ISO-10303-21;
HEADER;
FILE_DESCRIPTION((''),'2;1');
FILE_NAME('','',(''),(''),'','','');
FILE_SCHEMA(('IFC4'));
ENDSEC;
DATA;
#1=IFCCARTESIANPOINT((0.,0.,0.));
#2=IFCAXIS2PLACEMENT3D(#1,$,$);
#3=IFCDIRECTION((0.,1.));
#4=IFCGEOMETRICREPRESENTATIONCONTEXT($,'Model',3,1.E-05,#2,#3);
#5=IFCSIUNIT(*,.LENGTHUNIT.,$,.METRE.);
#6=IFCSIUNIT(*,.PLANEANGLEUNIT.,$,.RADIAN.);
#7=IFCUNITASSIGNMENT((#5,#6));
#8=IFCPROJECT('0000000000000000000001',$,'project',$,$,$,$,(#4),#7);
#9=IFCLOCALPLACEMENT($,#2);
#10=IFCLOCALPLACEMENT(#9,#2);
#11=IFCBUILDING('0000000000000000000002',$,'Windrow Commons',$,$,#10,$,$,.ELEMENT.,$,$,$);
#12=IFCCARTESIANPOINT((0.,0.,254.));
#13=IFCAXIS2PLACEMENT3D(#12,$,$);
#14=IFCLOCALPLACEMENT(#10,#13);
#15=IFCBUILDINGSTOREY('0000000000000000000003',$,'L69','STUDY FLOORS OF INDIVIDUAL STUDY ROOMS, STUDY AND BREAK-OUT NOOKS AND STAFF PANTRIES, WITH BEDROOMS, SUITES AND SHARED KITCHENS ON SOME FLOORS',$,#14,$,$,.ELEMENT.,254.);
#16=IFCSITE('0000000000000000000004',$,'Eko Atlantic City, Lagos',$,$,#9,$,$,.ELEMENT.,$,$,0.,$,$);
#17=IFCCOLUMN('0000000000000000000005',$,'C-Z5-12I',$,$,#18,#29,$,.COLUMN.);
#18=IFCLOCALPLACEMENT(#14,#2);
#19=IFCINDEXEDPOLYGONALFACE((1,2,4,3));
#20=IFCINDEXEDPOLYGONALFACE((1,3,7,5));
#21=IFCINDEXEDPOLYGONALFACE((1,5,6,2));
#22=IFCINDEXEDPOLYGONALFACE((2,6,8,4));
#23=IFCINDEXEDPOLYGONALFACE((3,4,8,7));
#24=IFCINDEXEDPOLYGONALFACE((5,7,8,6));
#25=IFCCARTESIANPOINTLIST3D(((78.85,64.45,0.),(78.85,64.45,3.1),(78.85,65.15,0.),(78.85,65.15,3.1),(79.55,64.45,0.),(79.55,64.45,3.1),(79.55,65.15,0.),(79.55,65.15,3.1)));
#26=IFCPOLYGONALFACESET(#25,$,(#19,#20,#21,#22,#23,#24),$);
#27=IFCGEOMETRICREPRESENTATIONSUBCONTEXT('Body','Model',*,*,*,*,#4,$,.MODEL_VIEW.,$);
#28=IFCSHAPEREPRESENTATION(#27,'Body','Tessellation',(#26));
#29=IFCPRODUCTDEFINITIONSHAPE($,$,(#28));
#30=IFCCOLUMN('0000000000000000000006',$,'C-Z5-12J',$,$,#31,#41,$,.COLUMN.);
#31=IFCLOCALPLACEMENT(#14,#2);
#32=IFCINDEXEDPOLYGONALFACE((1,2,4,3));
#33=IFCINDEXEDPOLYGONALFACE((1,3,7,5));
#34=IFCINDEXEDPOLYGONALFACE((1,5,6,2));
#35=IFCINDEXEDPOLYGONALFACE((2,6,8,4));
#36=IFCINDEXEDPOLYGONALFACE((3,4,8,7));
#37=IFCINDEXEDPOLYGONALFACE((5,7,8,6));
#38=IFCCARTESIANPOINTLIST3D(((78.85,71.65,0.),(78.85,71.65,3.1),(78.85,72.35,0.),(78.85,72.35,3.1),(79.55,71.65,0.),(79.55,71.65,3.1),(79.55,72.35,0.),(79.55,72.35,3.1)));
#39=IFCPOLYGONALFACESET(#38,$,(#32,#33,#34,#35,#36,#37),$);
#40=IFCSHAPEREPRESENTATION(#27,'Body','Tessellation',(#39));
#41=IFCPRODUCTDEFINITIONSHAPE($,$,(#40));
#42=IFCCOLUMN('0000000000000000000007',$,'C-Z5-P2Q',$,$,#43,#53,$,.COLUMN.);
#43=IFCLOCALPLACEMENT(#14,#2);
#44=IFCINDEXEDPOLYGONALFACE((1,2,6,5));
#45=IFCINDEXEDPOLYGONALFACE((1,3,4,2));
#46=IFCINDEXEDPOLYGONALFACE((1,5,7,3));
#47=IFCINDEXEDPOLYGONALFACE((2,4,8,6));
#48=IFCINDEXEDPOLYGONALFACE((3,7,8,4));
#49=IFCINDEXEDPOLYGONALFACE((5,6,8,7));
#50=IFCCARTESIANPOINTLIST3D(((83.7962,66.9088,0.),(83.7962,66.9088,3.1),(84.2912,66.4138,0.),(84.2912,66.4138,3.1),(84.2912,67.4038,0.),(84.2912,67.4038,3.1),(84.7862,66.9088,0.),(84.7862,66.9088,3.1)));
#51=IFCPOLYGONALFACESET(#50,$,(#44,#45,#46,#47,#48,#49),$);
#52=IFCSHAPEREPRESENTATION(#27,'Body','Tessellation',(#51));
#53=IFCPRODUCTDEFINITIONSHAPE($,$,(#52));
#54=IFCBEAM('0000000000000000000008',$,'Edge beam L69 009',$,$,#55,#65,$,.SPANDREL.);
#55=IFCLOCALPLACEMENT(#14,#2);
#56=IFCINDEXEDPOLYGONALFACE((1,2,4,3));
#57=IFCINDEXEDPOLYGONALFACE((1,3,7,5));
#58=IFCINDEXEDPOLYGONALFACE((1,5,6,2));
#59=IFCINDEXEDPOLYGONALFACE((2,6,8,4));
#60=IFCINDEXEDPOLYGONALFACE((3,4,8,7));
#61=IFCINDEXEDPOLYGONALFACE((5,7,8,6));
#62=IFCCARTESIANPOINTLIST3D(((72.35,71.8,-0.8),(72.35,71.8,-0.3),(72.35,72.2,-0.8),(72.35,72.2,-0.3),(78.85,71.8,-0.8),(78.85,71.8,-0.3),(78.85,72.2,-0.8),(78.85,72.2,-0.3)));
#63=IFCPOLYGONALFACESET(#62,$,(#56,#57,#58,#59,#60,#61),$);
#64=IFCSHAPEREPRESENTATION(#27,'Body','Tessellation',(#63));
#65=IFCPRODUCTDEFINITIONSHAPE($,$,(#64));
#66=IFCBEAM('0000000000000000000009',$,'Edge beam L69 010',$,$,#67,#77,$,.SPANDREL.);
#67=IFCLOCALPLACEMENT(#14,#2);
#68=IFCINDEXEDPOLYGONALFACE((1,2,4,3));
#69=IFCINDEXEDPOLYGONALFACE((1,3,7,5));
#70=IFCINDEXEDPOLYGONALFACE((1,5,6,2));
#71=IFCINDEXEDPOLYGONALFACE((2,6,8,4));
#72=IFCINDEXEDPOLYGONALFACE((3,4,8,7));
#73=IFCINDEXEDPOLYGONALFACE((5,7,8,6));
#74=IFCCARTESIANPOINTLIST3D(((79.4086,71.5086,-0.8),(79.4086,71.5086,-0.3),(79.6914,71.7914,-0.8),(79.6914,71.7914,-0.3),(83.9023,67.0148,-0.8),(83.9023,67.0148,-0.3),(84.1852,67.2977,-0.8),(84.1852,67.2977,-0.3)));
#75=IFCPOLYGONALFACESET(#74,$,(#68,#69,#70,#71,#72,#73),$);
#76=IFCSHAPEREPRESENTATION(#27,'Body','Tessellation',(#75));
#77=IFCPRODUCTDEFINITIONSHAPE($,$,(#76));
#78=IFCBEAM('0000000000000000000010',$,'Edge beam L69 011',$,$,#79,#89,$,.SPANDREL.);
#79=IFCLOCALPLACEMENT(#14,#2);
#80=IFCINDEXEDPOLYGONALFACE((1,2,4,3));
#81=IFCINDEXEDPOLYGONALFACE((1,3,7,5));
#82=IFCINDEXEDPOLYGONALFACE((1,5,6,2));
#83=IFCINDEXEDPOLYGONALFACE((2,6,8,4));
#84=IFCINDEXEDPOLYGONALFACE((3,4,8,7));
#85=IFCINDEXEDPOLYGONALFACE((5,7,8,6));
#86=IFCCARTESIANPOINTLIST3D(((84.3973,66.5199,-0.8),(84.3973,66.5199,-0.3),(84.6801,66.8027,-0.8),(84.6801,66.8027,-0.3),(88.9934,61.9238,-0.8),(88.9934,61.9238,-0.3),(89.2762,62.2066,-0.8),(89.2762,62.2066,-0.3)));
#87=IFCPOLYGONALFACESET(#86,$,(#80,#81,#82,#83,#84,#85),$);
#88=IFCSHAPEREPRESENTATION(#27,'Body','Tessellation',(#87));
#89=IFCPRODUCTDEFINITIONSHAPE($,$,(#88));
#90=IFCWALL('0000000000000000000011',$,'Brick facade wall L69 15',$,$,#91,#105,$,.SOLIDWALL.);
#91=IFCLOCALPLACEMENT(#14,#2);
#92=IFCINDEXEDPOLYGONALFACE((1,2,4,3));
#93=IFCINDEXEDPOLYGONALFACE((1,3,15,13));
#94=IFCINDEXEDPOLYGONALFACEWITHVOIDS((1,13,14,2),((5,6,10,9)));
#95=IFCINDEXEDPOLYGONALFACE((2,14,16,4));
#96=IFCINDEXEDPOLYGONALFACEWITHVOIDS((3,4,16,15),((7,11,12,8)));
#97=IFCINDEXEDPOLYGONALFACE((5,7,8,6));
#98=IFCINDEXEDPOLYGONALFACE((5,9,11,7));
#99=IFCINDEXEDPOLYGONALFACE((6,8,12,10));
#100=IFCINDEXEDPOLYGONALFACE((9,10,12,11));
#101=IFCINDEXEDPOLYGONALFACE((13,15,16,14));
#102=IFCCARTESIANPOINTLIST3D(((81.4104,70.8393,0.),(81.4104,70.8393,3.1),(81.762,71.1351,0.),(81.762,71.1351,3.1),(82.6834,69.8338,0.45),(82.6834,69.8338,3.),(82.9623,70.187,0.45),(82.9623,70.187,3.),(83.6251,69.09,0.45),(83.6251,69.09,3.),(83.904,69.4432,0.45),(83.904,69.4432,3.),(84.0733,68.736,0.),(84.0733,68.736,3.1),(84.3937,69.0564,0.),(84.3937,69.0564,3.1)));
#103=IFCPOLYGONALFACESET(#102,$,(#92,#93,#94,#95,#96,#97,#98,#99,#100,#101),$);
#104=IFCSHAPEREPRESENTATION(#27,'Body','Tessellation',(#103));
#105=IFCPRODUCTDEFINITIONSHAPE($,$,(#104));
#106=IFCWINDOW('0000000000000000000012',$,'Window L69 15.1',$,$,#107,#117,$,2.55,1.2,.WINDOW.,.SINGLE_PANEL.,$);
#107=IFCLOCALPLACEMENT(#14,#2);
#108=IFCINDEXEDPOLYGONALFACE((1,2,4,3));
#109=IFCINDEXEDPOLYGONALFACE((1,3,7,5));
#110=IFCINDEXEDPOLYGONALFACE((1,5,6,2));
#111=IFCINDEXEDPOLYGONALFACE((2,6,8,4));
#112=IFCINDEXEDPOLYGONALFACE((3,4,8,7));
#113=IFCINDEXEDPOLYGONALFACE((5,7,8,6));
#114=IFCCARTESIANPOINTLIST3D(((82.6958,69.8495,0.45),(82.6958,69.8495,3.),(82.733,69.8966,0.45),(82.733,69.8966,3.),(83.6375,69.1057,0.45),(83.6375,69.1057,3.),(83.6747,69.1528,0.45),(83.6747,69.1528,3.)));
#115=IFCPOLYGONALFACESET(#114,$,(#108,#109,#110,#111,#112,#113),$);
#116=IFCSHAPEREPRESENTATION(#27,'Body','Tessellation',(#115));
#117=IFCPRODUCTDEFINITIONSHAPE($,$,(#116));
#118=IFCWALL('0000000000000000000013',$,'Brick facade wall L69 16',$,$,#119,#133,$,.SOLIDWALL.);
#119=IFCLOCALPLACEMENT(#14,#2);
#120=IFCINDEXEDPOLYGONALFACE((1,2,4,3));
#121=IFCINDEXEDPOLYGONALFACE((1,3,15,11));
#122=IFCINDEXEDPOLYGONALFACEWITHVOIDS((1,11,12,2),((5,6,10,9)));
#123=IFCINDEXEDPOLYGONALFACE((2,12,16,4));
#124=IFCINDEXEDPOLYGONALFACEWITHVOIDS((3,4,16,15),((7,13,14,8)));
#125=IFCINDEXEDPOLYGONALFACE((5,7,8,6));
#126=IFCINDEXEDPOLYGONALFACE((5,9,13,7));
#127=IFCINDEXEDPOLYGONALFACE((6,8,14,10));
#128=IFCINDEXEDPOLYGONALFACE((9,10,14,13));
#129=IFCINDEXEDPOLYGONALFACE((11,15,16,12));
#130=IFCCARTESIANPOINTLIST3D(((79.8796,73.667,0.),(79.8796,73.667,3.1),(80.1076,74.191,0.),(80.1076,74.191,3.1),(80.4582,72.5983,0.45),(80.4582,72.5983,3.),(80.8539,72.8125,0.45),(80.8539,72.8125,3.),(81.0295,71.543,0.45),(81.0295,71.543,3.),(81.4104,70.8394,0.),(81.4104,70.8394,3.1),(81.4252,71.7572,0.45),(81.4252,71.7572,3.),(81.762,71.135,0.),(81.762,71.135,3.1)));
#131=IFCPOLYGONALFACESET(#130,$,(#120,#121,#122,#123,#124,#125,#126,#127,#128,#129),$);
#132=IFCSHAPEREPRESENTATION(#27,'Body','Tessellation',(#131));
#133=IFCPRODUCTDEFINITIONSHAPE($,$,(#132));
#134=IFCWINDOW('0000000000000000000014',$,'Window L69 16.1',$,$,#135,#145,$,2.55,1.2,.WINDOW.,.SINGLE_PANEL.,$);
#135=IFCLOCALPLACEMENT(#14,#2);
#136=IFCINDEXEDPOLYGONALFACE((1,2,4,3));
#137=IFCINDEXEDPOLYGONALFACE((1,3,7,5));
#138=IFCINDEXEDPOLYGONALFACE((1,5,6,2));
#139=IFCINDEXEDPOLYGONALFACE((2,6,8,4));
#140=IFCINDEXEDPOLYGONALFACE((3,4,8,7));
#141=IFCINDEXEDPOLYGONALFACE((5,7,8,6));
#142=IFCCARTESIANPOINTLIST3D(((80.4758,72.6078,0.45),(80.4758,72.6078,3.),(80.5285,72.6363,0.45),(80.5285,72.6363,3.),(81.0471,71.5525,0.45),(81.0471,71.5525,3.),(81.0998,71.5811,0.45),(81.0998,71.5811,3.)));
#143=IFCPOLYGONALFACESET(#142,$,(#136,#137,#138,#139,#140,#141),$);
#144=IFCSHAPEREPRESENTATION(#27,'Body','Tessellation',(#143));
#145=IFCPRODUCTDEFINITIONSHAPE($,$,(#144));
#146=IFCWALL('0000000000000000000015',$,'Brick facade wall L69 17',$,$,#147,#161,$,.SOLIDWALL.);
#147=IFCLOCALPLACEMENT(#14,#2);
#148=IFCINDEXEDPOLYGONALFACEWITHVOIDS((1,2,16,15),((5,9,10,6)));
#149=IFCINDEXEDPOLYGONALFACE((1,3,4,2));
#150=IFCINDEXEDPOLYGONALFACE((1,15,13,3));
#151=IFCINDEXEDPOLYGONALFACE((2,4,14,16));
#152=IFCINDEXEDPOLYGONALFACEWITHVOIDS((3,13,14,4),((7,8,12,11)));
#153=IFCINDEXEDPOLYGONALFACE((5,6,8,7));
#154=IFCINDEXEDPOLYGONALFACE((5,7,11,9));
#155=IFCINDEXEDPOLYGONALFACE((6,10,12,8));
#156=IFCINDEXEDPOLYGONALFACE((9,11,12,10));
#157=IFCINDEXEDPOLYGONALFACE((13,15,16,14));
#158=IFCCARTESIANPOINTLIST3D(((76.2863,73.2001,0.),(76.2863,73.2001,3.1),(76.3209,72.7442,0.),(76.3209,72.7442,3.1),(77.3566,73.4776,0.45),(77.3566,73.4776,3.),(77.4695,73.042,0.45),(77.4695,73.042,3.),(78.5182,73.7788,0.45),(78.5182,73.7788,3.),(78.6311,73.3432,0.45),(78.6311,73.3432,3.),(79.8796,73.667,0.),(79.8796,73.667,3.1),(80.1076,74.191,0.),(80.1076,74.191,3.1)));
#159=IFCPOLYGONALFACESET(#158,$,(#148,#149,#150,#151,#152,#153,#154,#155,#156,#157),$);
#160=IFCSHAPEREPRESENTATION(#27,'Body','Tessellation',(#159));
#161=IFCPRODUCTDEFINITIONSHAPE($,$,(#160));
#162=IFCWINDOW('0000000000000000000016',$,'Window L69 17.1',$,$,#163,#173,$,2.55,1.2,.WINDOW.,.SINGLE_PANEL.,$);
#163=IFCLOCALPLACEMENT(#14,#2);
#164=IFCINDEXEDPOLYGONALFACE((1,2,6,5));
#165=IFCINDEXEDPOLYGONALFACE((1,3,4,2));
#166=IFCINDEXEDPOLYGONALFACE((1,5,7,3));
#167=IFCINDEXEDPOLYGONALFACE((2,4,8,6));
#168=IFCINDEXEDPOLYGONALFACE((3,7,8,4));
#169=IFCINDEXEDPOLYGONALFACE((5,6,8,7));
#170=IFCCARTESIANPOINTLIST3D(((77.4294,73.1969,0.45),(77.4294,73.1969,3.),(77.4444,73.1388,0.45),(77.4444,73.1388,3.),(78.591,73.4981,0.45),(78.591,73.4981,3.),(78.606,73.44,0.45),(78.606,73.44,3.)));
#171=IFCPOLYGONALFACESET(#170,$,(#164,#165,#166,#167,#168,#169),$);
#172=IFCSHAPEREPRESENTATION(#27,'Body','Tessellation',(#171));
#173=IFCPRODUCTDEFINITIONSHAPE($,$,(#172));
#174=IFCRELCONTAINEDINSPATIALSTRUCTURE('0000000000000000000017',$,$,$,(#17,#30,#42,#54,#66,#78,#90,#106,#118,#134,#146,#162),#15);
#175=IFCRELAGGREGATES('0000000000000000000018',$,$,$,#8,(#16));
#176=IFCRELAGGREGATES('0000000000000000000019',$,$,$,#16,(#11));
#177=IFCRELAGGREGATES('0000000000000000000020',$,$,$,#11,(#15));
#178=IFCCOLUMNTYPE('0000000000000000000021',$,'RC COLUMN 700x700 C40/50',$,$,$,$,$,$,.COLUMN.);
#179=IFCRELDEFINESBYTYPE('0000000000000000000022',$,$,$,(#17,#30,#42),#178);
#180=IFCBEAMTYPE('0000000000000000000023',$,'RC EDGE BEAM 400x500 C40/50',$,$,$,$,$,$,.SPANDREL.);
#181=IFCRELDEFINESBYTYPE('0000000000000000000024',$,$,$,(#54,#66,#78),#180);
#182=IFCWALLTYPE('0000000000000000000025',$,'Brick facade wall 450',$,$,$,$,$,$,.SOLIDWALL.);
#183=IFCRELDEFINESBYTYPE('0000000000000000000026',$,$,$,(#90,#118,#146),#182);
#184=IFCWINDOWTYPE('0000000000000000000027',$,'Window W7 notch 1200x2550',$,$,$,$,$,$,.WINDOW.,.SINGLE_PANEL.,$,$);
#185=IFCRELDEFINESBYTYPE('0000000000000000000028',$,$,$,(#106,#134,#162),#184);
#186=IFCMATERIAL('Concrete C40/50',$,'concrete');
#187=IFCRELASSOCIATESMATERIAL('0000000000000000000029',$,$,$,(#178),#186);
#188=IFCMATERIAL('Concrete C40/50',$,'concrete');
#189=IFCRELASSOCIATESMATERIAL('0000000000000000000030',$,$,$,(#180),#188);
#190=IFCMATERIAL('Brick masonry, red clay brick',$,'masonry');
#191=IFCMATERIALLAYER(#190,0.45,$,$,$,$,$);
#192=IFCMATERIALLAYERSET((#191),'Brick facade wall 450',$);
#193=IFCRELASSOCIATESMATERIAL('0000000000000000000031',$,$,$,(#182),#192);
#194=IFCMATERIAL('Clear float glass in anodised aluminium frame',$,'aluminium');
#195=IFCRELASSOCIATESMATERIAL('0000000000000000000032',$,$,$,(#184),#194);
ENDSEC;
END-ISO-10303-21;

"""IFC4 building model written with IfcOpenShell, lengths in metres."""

from ifc_helpers import new_model, si_unit, direction, frame, frame_2d, origin, origin_2d, place, context, subcontext, project, spatial, polyline, rectangle, outline, extrude, material, layer, layer_set, material_profile, profile_set, type_object, element, fill, save


model = new_model("IFC4")

# Units and contexts
model_context = context("Model", 3, precision=1e-05, world=origin(), true_north=direction((0.0, 1.0)))
body_context = subcontext(model_context, "Body", "Model", "MODEL_VIEW")
ifc_project = project(units=[si_unit("LENGTHUNIT", "METRE"), si_unit("PLANEANGLEUNIT", "RADIAN")], contexts=[model_context])

# Site, building, storey
site_placement = place(None, origin())
site = spatial("IfcSite", under=ifc_project, at=site_placement, Name="Eko Atlantic City, Lagos", CompositionType="ELEMENT", RefElevation=0.0)
building_placement = place(site_placement, origin())
building = spatial("IfcBuilding", under=site, at=building_placement, Name="Windrow Commons", CompositionType="ELEMENT")
storey_placement = place(building_placement, frame((0.0, 0.0, 254.0)))
storey = spatial("IfcBuildingStorey", under=building, at=storey_placement, Name="L69", Description="STUDY FLOORS OF INDIVIDUAL STUDY ROOMS, STUDY AND BREAK-OUT NOOKS AND STAFF PANTRIES, WITH BEDROOMS, SUITES AND SHARED KITCHENS ON SOME FLOORS", CompositionType="ELEMENT", Elevation=254.0)

# Columns
ifc_material_1 = material(Name="Concrete C40/50", Category="concrete")
ifc_material_profile_1 = material_profile(ifc_material_1, rectangle(XDim=0.7, YDim=0.7, at=origin_2d()))
ifc_profile_set_1 = profile_set([ifc_material_profile_1], Name="Concrete C40/50")
column_type = type_object("IfcColumnType", Name="RC COLUMN 700x700 C40/50", PredefinedType="COLUMN", material=ifc_profile_set_1)
for number, where, z_axis, x_axis, name in (
    (1, (79.2, 64.8, 0.0), (0.0, 0.0, 1.0), (1.0, 0.0, 0.0), "C-Z5-12I"),
    (2, (79.2, 72.0, 0.0), (0.0, 0.0, 1.0), (1.0, 0.0, 0.0), "C-Z5-12J"),
    (3, (84.2912, 66.9088, 0.0), (0.0, 0.0, 1.0), (0.707107, -0.707107, 0.0), "C-Z5-P2Q"),
):
    element("IfcColumn", number, at=place(storey_placement, frame(where, z_axis=z_axis, x_axis=x_axis)), inside=storey, type_object=column_type, Name=name, PredefinedType="COLUMN", context=body_context, shape_type="SweptSolid", body=[
        extrude(rectangle(XDim=0.7, YDim=0.7, at=origin_2d()), origin(), (0.0, 0.0, 1.0), 3.1),
    ])

# Beams
ifc_material_2 = material(Name="Concrete C40/50", Category="concrete")
ifc_material_profile_2 = material_profile(ifc_material_2, rectangle(XDim=0.4, YDim=0.5, at=origin_2d()))
ifc_profile_set_2 = profile_set([ifc_material_profile_2], Name="Concrete C40/50")
beam_type = type_object("IfcBeamType", Name="RC EDGE BEAM 400x500 C40/50", PredefinedType="SPANDREL", material=ifc_profile_set_2)
beam_1_placement = place(storey_placement, frame((72.35, 72.0, -0.55), z_axis=(1.0, 0.0, 0.0), x_axis=(0.0, 1.0, 0.0)))
element("IfcBeam", 4, at=beam_1_placement, inside=storey, type_object=beam_type, Name="Edge beam L69 009", PredefinedType="SPANDREL", context=body_context, shape_type="SweptSolid", body=[
    extrude(rectangle(XDim=0.4, YDim=0.5, at=origin_2d()), origin(), (0.0, 0.0, 1.0), 6.5),
])
beam_2_placement = place(storey_placement, frame((79.55, 71.65, -0.55), z_axis=(0.707107, -0.707107, 0.0), x_axis=(0.707107, 0.707107, 0.0)))
element("IfcBeam", 5, at=beam_2_placement, inside=storey, type_object=beam_type, Name="Edge beam L69 010", PredefinedType="SPANDREL", context=body_context, shape_type="SweptSolid", body=[
    extrude(rectangle(XDim=0.4, YDim=0.5, at=origin_2d()), origin(), (0.0, 0.0, 1.0), 6.3551),
])
beam_3_placement = place(storey_placement, frame((84.5387, 66.6613, -0.55), z_axis=(0.707107, -0.707107, 0.0), x_axis=(0.707107, 0.707107, 0.0)))
element("IfcBeam", 6, at=beam_3_placement, inside=storey, type_object=beam_type, Name="Edge beam L69 011", PredefinedType="SPANDREL", context=body_context, shape_type="SweptSolid", body=[
    extrude(rectangle(XDim=0.4, YDim=0.5, at=origin_2d()), origin(), (0.0, 0.0, 1.0), 6.4999),
])

# Walls, openings, windows
ifc_material_3 = material(Name="Brick masonry, red clay brick", Category="masonry")
ifc_layer_1 = layer(ifc_material_3, 0.45)
ifc_layer_set_1 = layer_set([ifc_layer_1], Name="Brick facade wall 450")
wall_type_1 = type_object("IfcWallType", Name="Brick facade wall 450", PredefinedType="SOLIDWALL", material=ifc_layer_set_1)
wall_1_placement = place(storey_placement, frame((84.2335, 68.8962, 0.0), z_axis=(0.0, 0.0, 1.0), x_axis=(-0.784735, 0.619832, 0.0)))
wall_1 = element("IfcWall", 7, at=wall_1_placement, inside=storey, type_object=wall_type_1, Name="Brick facade wall L69 15", PredefinedType="SOLIDWALL", context=body_context, shape_type="SweptSolid", body=[
    extrude(outline(polyline([(-0.0264, -0.225), (3.3272, -0.225), (3.4198, 0.225), (0.0264, 0.225), (-0.0264, -0.225)])), origin(), (0.0, 0.0, 1.0), 3.1),
])
opening_1_placement = place(wall_1_placement, frame((0.5976, 0.0, 0.45)))
opening_1 = element("IfcOpeningElement", 8, at=opening_1_placement, cuts=wall_1, PredefinedType="OPENING", context=body_context, shape_type="SweptSolid", body=[
    extrude(rectangle(XDim=1.2, YDim=2.55, at=frame_2d((0.6, 1.275))), frame((0.0, 0.235, 0.0), z_axis=(0.0, -1.0, 0.0), x_axis=(1.0, 0.0, 0.0)), (0.0, 0.0, 1.0), 0.47),
])
ifc_material_4 = material(Name="Clear float glass in anodised aluminium frame", Category="aluminium")
window_type_1 = type_object("IfcWindowType", Name="Window W7 notch 1200x2550", PartitioningType="SINGLE_PANEL", PredefinedType="WINDOW", material=ifc_material_4)
window_1_placement = place(opening_1_placement, origin())
window_1 = element("IfcWindow", 9, at=window_1_placement, inside=storey, type_object=window_type_1, Name="Window L69 15.1", OverallHeight=2.55, OverallWidth=1.2, PartitioningType="SINGLE_PANEL", PredefinedType="WINDOW", context=body_context, shape_type="SweptSolid", body=[
    extrude(rectangle(XDim=1.2, YDim=2.55, at=frame_2d((0.6, 1.275))), frame((0.0, 0.205, 0.0), z_axis=(0.0, -1.0, 0.0), x_axis=(1.0, 0.0, 0.0)), (0.0, 0.0, 1.0), 0.06),
])
fill(opening_1, window_1)
wall_2_placement = place(storey_placement, frame((81.5862, 70.9872, 0.0), z_axis=(0.0, 0.0, 1.0), x_axis=(-0.476081, 0.879401, 0.0)))
wall_2 = element("IfcWall", 10, at=wall_2_placement, inside=storey, type_object=wall_type_1, Name="Brick facade wall L69 16", PredefinedType="SOLIDWALL", context=body_context, shape_type="SweptSolid", body=[
    extrude(outline(polyline([(0.0463, -0.225), (3.5214, -0.225), (3.1691, 0.225), (-0.0463, 0.225), (0.0463, -0.225)])), origin(), (0.0, 0.0, 1.0), 3.1),
])
opening_2_placement = place(wall_2_placement, frame((0.7538, 0.0, 0.45)))
opening_2 = element("IfcOpeningElement", 11, at=opening_2_placement, cuts=wall_2, PredefinedType="OPENING", context=body_context, shape_type="SweptSolid", body=[
    extrude(rectangle(XDim=1.2, YDim=2.55, at=frame_2d((0.6, 1.275))), frame((0.0, 0.235, 0.0), z_axis=(0.0, -1.0, 0.0), x_axis=(1.0, 0.0, 0.0)), (0.0, 0.0, 1.0), 0.47),
])
window_2_placement = place(opening_2_placement, origin())
window_2 = element("IfcWindow", 12, at=window_2_placement, inside=storey, type_object=window_type_1, Name="Window L69 16.1", OverallHeight=2.55, OverallWidth=1.2, PartitioningType="SINGLE_PANEL", PredefinedType="WINDOW", context=body_context, shape_type="SweptSolid", body=[
    extrude(rectangle(XDim=1.2, YDim=2.55, at=frame_2d((0.6, 1.275))), frame((0.0, 0.205, 0.0), z_axis=(0.0, -1.0, 0.0), x_axis=(1.0, 0.0, 0.0)), (0.0, 0.0, 1.0), 0.06),
])
fill(opening_2, window_2)
wall_3_placement = place(storey_placement, frame((79.9936, 73.929, 0.0), z_axis=(0.0, 0.0, 1.0), x_axis=(-0.967982, -0.25102, 0.0)))
wall_3 = element("IfcWall", 13, at=wall_3_placement, inside=storey, type_object=wall_type_1, Name="Brick facade wall L69 17", PredefinedType="SOLIDWALL", context=body_context, shape_type="SweptSolid", body=[
    extrude(outline(polyline([(-0.1761, -0.225), (3.7716, -0.225), (3.8525, 0.225), (0.1761, 0.225), (-0.1761, -0.225)])), origin(), (0.0, 0.0, 1.0), 3.1),
])
opening_3_placement = place(wall_3_placement, frame((1.4659, 0.0, 0.45)))
opening_3 = element("IfcOpeningElement", 14, at=opening_3_placement, cuts=wall_3, PredefinedType="OPENING", context=body_context, shape_type="SweptSolid", body=[
    extrude(rectangle(XDim=1.2, YDim=2.55, at=frame_2d((0.6, 1.275))), frame((0.0, 0.235, 0.0), z_axis=(0.0, -1.0, 0.0), x_axis=(1.0, 0.0, 0.0)), (0.0, 0.0, 1.0), 0.47),
])
window_3_placement = place(opening_3_placement, origin())
window_3 = element("IfcWindow", 15, at=window_3_placement, inside=storey, type_object=window_type_1, Name="Window L69 17.1", OverallHeight=2.55, OverallWidth=1.2, PartitioningType="SINGLE_PANEL", PredefinedType="WINDOW", context=body_context, shape_type="SweptSolid", body=[
    extrude(rectangle(XDim=1.2, YDim=2.55, at=frame_2d((0.6, 1.275))), frame((0.0, 0.125, 0.0), z_axis=(0.0, -1.0, 0.0), x_axis=(1.0, 0.0, 0.0)), (0.0, 0.0, 1.0), 0.06),
])
fill(opening_3, window_3)

save(model, "model.ifc")
